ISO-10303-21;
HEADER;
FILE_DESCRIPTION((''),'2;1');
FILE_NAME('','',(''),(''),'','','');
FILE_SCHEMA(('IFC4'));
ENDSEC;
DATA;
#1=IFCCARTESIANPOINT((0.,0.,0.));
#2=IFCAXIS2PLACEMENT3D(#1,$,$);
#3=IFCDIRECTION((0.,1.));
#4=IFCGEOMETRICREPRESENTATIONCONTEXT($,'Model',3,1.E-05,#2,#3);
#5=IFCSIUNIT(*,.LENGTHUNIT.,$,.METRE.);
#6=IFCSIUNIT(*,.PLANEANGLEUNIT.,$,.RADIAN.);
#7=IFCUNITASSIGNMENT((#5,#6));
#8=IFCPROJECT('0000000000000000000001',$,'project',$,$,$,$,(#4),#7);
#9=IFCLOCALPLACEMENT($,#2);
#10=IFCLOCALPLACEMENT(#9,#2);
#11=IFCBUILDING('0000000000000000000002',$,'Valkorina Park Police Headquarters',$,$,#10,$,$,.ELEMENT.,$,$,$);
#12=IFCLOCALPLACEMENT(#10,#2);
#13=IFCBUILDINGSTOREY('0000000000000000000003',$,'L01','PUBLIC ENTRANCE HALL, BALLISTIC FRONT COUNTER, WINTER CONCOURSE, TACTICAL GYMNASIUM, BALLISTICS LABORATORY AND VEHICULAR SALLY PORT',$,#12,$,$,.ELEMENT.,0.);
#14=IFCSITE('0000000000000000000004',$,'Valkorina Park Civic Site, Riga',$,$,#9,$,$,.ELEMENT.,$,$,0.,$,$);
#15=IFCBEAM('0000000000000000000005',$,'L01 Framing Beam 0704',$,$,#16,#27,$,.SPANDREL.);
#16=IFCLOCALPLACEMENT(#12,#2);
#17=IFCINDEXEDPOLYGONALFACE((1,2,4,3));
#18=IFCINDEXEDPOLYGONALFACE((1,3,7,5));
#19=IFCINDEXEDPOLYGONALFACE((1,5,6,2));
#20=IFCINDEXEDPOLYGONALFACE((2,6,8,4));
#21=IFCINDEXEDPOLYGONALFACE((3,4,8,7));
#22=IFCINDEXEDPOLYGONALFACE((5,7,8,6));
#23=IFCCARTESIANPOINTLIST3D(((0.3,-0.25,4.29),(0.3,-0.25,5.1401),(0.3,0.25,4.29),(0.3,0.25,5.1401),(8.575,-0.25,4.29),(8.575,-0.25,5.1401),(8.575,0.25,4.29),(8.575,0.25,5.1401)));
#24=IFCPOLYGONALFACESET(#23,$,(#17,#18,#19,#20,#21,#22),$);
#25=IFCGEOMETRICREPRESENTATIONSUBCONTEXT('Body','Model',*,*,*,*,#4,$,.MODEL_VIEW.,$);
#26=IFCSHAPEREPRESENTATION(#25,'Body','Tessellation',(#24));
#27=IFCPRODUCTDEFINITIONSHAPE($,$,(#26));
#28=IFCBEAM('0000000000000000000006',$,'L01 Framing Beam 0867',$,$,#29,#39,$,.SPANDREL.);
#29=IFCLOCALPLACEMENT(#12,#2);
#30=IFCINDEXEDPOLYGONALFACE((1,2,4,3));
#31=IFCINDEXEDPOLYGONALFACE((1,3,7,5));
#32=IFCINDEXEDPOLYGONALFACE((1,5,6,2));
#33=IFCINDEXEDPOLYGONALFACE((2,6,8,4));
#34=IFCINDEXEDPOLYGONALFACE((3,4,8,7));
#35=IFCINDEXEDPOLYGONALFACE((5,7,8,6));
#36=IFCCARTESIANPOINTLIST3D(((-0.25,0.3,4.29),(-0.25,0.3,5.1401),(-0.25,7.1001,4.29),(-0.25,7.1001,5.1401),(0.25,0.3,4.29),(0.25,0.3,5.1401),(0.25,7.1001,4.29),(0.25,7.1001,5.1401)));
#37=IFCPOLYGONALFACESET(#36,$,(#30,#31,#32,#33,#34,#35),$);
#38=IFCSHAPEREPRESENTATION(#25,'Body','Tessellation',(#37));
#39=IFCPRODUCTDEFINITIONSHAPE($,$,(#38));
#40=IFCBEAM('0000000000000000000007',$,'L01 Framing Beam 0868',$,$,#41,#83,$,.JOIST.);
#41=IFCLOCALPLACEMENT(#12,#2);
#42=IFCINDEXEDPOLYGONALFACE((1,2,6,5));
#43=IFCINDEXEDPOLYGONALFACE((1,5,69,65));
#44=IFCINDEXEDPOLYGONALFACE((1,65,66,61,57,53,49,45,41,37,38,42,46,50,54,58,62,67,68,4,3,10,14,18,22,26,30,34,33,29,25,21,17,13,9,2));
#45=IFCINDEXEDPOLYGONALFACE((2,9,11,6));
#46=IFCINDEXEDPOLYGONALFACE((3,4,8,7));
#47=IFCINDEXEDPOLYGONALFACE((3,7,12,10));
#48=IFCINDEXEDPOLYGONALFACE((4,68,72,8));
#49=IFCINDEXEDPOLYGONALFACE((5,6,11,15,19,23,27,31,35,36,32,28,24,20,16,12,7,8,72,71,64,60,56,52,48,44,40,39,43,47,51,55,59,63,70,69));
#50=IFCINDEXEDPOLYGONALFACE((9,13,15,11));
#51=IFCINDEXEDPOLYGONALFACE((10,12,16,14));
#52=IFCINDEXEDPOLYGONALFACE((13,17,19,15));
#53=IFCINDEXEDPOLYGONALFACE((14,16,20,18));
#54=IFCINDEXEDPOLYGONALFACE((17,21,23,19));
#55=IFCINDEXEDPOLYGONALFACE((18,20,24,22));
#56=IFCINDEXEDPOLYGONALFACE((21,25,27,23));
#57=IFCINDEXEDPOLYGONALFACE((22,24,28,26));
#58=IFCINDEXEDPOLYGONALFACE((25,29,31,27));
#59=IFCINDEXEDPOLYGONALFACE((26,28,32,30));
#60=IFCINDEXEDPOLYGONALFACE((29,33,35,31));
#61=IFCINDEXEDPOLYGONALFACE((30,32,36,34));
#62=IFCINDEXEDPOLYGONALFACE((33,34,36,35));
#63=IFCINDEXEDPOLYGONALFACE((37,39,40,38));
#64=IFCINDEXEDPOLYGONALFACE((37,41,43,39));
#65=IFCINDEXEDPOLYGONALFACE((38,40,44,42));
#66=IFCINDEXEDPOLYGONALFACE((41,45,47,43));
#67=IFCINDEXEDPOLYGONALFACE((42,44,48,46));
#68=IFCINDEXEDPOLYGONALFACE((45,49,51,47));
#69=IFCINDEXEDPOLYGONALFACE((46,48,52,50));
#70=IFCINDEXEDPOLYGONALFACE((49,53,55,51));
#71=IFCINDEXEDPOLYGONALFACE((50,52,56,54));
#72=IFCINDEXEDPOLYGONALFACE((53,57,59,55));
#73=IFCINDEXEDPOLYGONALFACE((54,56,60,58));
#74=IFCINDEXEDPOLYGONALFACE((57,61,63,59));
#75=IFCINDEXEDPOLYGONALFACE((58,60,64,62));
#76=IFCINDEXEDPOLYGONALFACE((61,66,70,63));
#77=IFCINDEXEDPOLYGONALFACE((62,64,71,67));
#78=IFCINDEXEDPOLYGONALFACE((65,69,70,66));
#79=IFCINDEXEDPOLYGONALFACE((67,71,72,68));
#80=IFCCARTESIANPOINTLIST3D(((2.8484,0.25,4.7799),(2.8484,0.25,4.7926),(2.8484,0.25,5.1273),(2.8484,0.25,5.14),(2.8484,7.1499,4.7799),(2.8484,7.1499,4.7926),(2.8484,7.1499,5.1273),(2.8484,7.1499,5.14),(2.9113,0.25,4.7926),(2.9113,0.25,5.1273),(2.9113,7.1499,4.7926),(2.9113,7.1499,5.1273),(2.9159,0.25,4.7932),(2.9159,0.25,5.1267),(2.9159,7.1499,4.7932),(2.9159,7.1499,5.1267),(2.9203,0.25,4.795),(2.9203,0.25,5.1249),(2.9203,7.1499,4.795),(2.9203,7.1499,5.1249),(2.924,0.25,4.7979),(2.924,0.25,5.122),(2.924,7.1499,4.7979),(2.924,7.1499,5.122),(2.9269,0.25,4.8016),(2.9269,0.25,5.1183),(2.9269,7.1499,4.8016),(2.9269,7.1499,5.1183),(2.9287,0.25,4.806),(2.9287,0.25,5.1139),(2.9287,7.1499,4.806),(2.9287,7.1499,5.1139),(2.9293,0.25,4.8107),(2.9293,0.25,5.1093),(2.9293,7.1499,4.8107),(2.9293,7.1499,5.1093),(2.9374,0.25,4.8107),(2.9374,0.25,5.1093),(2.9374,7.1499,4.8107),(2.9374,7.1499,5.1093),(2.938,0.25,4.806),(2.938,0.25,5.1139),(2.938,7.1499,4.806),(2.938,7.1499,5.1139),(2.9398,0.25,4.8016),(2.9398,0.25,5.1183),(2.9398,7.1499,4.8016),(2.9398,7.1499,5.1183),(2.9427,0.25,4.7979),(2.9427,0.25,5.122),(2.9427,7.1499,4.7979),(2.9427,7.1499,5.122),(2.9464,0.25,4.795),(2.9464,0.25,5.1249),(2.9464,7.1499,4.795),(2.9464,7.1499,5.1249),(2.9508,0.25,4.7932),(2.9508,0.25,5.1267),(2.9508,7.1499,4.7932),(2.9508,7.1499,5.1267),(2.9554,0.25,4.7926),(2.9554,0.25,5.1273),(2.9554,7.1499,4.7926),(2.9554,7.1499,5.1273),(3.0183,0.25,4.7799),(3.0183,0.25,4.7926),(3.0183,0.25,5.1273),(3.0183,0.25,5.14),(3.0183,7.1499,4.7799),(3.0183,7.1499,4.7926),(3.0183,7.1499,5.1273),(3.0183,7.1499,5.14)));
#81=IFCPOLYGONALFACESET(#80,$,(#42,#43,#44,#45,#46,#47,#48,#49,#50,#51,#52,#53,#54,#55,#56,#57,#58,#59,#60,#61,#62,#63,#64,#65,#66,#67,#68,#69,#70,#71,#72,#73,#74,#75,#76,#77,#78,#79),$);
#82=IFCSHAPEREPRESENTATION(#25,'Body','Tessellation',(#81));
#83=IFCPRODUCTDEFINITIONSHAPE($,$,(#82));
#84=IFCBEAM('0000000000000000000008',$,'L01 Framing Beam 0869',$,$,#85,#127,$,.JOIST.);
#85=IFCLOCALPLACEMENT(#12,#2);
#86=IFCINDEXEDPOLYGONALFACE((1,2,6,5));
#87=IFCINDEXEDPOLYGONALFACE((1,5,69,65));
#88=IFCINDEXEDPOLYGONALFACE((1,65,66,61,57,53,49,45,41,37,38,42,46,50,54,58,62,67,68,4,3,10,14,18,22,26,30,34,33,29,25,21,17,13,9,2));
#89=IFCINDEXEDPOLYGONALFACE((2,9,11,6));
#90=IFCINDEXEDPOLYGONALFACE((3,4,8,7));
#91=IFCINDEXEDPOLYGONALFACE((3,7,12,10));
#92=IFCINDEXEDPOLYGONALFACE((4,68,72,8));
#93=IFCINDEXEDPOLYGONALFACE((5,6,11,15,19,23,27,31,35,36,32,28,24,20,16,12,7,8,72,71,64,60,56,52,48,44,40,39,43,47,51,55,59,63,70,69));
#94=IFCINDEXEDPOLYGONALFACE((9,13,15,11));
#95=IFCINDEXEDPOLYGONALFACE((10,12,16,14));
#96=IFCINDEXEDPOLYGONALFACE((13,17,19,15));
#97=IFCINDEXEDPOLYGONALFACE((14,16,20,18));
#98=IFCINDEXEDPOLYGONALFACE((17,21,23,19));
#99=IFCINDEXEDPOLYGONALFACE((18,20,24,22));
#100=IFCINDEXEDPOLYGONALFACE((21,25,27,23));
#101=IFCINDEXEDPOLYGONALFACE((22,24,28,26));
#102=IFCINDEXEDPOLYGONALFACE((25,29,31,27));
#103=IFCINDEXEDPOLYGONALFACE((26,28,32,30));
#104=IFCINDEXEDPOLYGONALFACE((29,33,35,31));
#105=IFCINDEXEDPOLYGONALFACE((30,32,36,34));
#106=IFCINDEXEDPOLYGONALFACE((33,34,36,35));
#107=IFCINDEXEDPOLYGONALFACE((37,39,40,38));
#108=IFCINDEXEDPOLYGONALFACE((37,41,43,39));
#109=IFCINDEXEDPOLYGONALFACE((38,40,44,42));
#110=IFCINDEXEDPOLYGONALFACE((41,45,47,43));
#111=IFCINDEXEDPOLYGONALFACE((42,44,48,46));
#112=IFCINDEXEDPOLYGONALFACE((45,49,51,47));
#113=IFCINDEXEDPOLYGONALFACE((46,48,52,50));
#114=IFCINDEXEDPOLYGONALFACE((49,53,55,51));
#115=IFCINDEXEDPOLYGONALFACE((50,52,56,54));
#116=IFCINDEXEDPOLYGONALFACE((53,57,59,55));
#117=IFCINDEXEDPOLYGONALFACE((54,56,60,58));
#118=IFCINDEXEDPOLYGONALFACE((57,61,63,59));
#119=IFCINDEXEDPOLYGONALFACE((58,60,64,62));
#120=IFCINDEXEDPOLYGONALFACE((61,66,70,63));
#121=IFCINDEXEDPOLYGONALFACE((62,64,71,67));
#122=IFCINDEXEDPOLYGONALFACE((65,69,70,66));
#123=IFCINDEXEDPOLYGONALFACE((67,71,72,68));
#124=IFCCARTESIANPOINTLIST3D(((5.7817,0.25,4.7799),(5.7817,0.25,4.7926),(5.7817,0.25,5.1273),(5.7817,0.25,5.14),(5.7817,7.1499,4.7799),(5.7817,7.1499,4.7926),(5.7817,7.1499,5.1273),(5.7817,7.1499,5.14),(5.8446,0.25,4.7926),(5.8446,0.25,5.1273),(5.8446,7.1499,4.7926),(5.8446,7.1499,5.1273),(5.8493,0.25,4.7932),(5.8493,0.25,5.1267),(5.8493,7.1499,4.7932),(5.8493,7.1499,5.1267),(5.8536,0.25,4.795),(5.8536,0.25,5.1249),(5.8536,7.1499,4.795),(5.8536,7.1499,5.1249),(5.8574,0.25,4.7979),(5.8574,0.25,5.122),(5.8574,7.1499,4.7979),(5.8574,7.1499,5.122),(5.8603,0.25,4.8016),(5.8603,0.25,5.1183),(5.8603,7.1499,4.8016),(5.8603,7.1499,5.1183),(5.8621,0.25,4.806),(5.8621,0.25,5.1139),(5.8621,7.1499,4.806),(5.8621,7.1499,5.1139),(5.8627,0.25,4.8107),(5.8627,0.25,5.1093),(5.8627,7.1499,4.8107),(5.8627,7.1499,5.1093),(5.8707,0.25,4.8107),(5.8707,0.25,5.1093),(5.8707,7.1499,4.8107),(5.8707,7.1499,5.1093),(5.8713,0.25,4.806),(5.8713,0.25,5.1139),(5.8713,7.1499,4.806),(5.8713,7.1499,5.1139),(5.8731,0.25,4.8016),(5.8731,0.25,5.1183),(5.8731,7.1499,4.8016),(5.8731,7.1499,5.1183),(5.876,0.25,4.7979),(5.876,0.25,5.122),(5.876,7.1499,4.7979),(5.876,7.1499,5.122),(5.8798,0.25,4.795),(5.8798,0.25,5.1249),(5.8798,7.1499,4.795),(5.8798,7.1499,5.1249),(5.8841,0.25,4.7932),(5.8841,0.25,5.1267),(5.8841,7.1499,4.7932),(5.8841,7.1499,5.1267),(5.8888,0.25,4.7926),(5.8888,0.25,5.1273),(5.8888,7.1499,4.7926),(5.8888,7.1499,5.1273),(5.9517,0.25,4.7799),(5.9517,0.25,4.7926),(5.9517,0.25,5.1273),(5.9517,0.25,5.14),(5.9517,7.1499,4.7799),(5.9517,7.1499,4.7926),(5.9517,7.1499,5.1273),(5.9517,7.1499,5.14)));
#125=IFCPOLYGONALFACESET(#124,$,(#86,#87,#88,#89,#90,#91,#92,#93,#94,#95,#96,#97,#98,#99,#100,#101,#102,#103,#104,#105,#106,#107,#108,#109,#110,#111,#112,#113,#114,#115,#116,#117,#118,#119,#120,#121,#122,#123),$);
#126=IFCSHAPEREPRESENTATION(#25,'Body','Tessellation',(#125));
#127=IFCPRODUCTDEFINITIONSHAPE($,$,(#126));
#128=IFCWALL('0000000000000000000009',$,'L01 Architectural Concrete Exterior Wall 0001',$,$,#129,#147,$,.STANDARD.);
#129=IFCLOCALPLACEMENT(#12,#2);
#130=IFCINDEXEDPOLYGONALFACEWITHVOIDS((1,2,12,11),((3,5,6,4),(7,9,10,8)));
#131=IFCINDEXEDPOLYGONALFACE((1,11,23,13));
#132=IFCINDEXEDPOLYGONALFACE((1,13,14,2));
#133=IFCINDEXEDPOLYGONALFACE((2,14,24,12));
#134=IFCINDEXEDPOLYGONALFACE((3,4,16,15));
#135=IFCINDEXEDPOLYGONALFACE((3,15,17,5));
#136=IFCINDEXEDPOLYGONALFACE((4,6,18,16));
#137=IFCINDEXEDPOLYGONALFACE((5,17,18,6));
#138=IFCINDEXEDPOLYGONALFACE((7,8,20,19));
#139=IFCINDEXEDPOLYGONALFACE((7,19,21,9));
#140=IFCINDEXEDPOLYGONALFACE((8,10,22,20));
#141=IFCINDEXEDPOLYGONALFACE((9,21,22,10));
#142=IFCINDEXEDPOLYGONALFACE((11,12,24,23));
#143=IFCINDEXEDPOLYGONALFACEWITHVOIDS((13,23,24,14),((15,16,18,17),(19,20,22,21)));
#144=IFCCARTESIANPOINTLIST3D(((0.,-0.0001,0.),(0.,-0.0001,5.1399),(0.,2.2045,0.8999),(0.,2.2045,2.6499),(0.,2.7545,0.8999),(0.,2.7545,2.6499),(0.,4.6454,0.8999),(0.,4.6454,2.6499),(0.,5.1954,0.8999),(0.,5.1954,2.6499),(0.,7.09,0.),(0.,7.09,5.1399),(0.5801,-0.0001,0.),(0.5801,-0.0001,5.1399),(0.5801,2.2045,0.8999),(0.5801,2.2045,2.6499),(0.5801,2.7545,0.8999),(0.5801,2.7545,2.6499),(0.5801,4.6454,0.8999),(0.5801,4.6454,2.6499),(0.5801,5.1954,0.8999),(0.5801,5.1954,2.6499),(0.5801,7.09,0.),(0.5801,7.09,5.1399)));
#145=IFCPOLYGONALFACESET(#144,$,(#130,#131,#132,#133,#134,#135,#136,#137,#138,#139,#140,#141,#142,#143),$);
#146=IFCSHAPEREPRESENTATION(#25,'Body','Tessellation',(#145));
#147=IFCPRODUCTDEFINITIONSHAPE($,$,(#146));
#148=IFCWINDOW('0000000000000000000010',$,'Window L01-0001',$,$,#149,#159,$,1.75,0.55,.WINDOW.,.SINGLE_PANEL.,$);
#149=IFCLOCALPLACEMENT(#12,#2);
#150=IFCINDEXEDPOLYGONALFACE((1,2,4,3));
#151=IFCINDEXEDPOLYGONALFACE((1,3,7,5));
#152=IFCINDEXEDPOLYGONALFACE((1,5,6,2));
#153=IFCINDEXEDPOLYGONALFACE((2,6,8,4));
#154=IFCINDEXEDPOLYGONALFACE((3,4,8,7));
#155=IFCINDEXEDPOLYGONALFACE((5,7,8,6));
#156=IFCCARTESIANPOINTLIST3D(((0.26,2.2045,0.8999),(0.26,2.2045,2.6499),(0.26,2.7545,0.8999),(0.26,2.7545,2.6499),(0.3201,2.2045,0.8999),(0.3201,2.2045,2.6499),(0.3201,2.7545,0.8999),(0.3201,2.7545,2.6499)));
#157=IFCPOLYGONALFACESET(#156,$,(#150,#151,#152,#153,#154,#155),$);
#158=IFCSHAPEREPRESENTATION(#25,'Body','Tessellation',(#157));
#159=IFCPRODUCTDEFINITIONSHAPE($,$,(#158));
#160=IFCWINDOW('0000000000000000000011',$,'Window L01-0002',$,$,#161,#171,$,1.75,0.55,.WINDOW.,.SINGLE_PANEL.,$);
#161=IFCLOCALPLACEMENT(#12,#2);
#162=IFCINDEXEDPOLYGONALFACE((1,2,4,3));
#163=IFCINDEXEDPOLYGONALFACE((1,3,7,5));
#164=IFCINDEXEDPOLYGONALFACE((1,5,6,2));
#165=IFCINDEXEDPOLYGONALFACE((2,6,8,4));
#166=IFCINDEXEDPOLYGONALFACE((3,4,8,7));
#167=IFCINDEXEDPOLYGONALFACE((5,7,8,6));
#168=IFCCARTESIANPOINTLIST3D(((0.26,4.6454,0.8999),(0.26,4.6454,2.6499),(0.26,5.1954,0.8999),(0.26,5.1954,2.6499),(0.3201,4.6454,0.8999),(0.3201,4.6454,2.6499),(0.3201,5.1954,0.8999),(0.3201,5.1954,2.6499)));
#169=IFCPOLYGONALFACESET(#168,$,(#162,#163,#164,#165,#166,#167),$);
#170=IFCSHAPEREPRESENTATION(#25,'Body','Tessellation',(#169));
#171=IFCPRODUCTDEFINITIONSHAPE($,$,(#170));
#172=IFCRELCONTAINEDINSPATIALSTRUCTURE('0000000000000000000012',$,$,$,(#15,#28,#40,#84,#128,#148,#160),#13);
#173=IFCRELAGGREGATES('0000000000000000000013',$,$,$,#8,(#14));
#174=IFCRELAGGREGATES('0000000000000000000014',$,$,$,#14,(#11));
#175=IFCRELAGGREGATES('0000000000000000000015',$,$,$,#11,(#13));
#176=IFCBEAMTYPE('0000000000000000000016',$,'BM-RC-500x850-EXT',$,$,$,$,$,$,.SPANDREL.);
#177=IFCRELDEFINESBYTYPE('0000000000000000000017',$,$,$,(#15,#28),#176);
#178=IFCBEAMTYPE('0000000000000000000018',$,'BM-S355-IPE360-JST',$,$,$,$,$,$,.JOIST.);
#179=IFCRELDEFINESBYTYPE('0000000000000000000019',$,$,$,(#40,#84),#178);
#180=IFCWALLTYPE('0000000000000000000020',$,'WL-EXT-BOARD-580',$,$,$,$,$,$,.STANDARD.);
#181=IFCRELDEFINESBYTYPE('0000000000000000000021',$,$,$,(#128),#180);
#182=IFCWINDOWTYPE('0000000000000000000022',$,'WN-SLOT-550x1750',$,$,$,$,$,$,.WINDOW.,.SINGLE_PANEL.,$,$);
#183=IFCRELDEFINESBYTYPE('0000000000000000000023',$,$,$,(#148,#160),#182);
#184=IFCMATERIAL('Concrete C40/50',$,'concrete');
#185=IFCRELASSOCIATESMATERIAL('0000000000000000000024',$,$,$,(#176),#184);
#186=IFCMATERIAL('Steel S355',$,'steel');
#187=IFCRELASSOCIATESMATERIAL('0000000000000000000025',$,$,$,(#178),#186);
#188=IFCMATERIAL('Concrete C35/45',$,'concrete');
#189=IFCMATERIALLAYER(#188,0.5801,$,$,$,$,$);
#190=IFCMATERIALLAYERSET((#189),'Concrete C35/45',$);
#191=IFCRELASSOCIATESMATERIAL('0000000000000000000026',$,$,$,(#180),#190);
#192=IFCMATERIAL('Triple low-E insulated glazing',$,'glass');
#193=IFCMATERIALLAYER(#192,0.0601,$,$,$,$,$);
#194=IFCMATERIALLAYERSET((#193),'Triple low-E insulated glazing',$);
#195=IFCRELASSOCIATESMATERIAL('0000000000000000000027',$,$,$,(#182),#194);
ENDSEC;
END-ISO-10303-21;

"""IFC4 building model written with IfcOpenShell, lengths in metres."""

from ifc_helpers import new_model, si_unit, direction, frame, frame_2d, origin, origin_2d, place, context, subcontext, project, spatial, rectangle, i_section, extrude, material, layer, layer_set, material_profile, profile_set, type_object, element, fill, save


model = new_model("IFC4")

# Units and contexts
model_context = context("Model", 3, precision=1e-05, world=origin(), true_north=direction((0.0, 1.0)))
body_context = subcontext(model_context, "Body", "Model", "MODEL_VIEW")
ifc_project = project(units=[si_unit("LENGTHUNIT", "METRE"), si_unit("PLANEANGLEUNIT", "RADIAN")], contexts=[model_context])

# Site, building, storey
site_placement = place(None, origin())
site = spatial("IfcSite", under=ifc_project, at=site_placement, Name="Valkorina Park Civic Site, Riga", CompositionType="ELEMENT", RefElevation=0.0)
building_placement = place(site_placement, origin())
building = spatial("IfcBuilding", under=site, at=building_placement, Name="Valkorina Park Police Headquarters", CompositionType="ELEMENT")
storey_placement = place(building_placement, origin())
storey = spatial("IfcBuildingStorey", under=building, at=storey_placement, Name="L01", Description="PUBLIC ENTRANCE HALL, BALLISTIC FRONT COUNTER, WINTER CONCOURSE, TACTICAL GYMNASIUM, BALLISTICS LABORATORY AND VEHICULAR SALLY PORT", CompositionType="ELEMENT", Elevation=0.0)

# Beams
ifc_material_1 = material(Name="Concrete C40/50", Category="concrete")
ifc_material_profile_1 = material_profile(ifc_material_1, rectangle(XDim=0.5, YDim=0.8501, at=origin_2d()), Name="RC BEAM 500x850")
ifc_profile_set_1 = profile_set([ifc_material_profile_1], Name="Concrete C40/50")
beam_type_1 = type_object("IfcBeamType", Name="BM-RC-500x850-EXT", PredefinedType="SPANDREL", material=ifc_profile_set_1)
beam_1_placement = place(storey_placement, frame((0.3, 0.0, 4.7151), z_axis=(1.0, 0.0, 0.0), x_axis=(0.0, 1.0, 0.0)))
element("IfcBeam", 1, at=beam_1_placement, inside=storey, type_object=beam_type_1, Name="L01 Framing Beam 0704", PredefinedType="SPANDREL", context=body_context, shape_type="SweptSolid", body=[
    extrude(rectangle(XDim=0.5, YDim=0.8501, at=origin_2d()), origin(), (0.0, 0.0, 1.0), 8.2749),
])
beam_2_placement = place(storey_placement, frame((0.0, 0.3, 4.7151), z_axis=(0.0, 1.0, 0.0), x_axis=(-1.0, 0.0, 0.0)))
element("IfcBeam", 2, at=beam_2_placement, inside=storey, type_object=beam_type_1, Name="L01 Framing Beam 0867", PredefinedType="SPANDREL", context=body_context, shape_type="SweptSolid", body=[
    extrude(rectangle(XDim=0.5, YDim=0.8501, at=origin_2d()), origin(), (0.0, 0.0, 1.0), 6.8),
])
ifc_material_2 = material(Name="Steel S355", Category="steel")
ifc_material_profile_2 = material_profile(ifc_material_2, i_section(OverallWidth=0.1699, OverallDepth=0.3601, WebThickness=0.0081, FlangeThickness=0.0127, FilletRadius=0.0181, at=origin_2d()), Name="IPE 360")
ifc_profile_set_2 = profile_set([ifc_material_profile_2], Name="Steel S355")
beam_type_2 = type_object("IfcBeamType", Name="BM-S355-IPE360-JST", PredefinedType="JOIST", material=ifc_profile_set_2)
for number, where, z_axis, x_axis, name in (
    (3, (2.9333, 0.25, 4.96), (0.0, 1.0, 0.0), (-1.0, 0.0, 0.0), "L01 Framing Beam 0868"),
    (4, (5.8667, 0.25, 4.96), (0.0, 1.0, 0.0), (-1.0, 0.0, 0.0), "L01 Framing Beam 0869"),
):
    element("IfcBeam", number, at=place(storey_placement, frame(where, z_axis=z_axis, x_axis=x_axis)), inside=storey, type_object=beam_type_2, Name=name, PredefinedType="JOIST", context=body_context, shape_type="SweptSolid", body=[
        extrude(i_section(OverallWidth=0.1699, OverallDepth=0.3601, WebThickness=0.0081, FlangeThickness=0.0127, FilletRadius=0.0181, at=origin_2d()), origin(), (0.0, 0.0, 1.0), 6.8999),
    ])

# Wall, openings, windows
ifc_material_3 = material(Name="Concrete C35/45", Category="concrete")
ifc_layer_1 = layer(ifc_material_3, 0.5801)
ifc_layer_set_1 = layer_set([ifc_layer_1], Name="Concrete C35/45")
wall_type = type_object("IfcWallType", Name="WL-EXT-BOARD-580", PredefinedType="STANDARD", material=ifc_layer_set_1)
wall_placement = place(storey_placement, frame((0.29, 0.0, 0.0), z_axis=(0.0, 0.0, 1.0), x_axis=(0.0, 1.0, 0.0)))
wall = element("IfcWall", 5, at=wall_placement, inside=storey, type_object=wall_type, Name="L01 Architectural Concrete Exterior Wall 0001", PredefinedType="STANDARD", context=body_context, shape_type="SweptSolid", body=[
    extrude(rectangle(XDim=7.0901, YDim=0.5801, at=frame_2d((3.5449, 0.0))), origin(), (0.0, 0.0, 1.0), 5.1399),
])
opening_1_placement = place(wall_placement, frame((2.2046, 0.0, 0.8999)))
opening_1 = element("IfcOpeningElement", 6, at=opening_1_placement, cuts=wall, PredefinedType="OPENING", context=body_context, shape_type="SweptSolid", body=[
    extrude(rectangle(XDim=0.55, YDim=1.75, at=frame_2d((0.2749, 0.875))), frame((0.0, 0.3, 0.0), z_axis=(0.0, -1.0, 0.0), x_axis=(1.0, 0.0, 0.0)), (0.0, 0.0, 1.0), 0.6001),
])
opening_2_placement = place(wall_placement, frame((4.6455, 0.0, 0.8999)))
opening_2 = element("IfcOpeningElement", 7, at=opening_2_placement, cuts=wall, PredefinedType="OPENING", context=body_context, shape_type="SweptSolid", body=[
    extrude(rectangle(XDim=0.55, YDim=1.75, at=frame_2d((0.2749, 0.875))), frame((0.0, 0.3, 0.0), z_axis=(0.0, -1.0, 0.0), x_axis=(1.0, 0.0, 0.0)), (0.0, 0.0, 1.0), 0.6001),
])
ifc_material_4 = material(Name="Triple low-E insulated glazing", Category="glass")
ifc_layer_2 = layer(ifc_material_4, 0.0601)
ifc_layer_set_2 = layer_set([ifc_layer_2], Name="Triple low-E insulated glazing")
window_type = type_object("IfcWindowType", Name="WN-SLOT-550x1750", PartitioningType="SINGLE_PANEL", PredefinedType="WINDOW", material=ifc_layer_set_2)
window_1_placement = place(opening_1_placement, origin())
window_1 = element("IfcWindow", 8, at=window_1_placement, inside=storey, type_object=window_type, Name="Window L01-0001", OverallHeight=1.75, OverallWidth=0.55, PartitioningType="SINGLE_PANEL", PredefinedType="WINDOW", context=body_context, shape_type="SweptSolid", body=[
    extrude(rectangle(XDim=0.55, YDim=1.75, at=frame_2d((0.2749, 0.875))), frame((0.0, 0.03, 0.0), z_axis=(0.0, -1.0, 0.0), x_axis=(1.0, 0.0, 0.0)), (0.0, 0.0, 1.0), 0.0601),
])
fill(opening_1, window_1)
window_2_placement = place(opening_2_placement, origin())
window_2 = element("IfcWindow", 9, at=window_2_placement, inside=storey, type_object=window_type, Name="Window L01-0002", OverallHeight=1.75, OverallWidth=0.55, PartitioningType="SINGLE_PANEL", PredefinedType="WINDOW", context=body_context, shape_type="SweptSolid", body=[
    extrude(rectangle(XDim=0.55, YDim=1.75, at=frame_2d((0.2749, 0.875))), frame((0.0, 0.03, 0.0), z_axis=(0.0, -1.0, 0.0), x_axis=(1.0, 0.0, 0.0)), (0.0, 0.0, 1.0), 0.0601),
])
fill(opening_2, window_2)

save(model, "model.ifc")
